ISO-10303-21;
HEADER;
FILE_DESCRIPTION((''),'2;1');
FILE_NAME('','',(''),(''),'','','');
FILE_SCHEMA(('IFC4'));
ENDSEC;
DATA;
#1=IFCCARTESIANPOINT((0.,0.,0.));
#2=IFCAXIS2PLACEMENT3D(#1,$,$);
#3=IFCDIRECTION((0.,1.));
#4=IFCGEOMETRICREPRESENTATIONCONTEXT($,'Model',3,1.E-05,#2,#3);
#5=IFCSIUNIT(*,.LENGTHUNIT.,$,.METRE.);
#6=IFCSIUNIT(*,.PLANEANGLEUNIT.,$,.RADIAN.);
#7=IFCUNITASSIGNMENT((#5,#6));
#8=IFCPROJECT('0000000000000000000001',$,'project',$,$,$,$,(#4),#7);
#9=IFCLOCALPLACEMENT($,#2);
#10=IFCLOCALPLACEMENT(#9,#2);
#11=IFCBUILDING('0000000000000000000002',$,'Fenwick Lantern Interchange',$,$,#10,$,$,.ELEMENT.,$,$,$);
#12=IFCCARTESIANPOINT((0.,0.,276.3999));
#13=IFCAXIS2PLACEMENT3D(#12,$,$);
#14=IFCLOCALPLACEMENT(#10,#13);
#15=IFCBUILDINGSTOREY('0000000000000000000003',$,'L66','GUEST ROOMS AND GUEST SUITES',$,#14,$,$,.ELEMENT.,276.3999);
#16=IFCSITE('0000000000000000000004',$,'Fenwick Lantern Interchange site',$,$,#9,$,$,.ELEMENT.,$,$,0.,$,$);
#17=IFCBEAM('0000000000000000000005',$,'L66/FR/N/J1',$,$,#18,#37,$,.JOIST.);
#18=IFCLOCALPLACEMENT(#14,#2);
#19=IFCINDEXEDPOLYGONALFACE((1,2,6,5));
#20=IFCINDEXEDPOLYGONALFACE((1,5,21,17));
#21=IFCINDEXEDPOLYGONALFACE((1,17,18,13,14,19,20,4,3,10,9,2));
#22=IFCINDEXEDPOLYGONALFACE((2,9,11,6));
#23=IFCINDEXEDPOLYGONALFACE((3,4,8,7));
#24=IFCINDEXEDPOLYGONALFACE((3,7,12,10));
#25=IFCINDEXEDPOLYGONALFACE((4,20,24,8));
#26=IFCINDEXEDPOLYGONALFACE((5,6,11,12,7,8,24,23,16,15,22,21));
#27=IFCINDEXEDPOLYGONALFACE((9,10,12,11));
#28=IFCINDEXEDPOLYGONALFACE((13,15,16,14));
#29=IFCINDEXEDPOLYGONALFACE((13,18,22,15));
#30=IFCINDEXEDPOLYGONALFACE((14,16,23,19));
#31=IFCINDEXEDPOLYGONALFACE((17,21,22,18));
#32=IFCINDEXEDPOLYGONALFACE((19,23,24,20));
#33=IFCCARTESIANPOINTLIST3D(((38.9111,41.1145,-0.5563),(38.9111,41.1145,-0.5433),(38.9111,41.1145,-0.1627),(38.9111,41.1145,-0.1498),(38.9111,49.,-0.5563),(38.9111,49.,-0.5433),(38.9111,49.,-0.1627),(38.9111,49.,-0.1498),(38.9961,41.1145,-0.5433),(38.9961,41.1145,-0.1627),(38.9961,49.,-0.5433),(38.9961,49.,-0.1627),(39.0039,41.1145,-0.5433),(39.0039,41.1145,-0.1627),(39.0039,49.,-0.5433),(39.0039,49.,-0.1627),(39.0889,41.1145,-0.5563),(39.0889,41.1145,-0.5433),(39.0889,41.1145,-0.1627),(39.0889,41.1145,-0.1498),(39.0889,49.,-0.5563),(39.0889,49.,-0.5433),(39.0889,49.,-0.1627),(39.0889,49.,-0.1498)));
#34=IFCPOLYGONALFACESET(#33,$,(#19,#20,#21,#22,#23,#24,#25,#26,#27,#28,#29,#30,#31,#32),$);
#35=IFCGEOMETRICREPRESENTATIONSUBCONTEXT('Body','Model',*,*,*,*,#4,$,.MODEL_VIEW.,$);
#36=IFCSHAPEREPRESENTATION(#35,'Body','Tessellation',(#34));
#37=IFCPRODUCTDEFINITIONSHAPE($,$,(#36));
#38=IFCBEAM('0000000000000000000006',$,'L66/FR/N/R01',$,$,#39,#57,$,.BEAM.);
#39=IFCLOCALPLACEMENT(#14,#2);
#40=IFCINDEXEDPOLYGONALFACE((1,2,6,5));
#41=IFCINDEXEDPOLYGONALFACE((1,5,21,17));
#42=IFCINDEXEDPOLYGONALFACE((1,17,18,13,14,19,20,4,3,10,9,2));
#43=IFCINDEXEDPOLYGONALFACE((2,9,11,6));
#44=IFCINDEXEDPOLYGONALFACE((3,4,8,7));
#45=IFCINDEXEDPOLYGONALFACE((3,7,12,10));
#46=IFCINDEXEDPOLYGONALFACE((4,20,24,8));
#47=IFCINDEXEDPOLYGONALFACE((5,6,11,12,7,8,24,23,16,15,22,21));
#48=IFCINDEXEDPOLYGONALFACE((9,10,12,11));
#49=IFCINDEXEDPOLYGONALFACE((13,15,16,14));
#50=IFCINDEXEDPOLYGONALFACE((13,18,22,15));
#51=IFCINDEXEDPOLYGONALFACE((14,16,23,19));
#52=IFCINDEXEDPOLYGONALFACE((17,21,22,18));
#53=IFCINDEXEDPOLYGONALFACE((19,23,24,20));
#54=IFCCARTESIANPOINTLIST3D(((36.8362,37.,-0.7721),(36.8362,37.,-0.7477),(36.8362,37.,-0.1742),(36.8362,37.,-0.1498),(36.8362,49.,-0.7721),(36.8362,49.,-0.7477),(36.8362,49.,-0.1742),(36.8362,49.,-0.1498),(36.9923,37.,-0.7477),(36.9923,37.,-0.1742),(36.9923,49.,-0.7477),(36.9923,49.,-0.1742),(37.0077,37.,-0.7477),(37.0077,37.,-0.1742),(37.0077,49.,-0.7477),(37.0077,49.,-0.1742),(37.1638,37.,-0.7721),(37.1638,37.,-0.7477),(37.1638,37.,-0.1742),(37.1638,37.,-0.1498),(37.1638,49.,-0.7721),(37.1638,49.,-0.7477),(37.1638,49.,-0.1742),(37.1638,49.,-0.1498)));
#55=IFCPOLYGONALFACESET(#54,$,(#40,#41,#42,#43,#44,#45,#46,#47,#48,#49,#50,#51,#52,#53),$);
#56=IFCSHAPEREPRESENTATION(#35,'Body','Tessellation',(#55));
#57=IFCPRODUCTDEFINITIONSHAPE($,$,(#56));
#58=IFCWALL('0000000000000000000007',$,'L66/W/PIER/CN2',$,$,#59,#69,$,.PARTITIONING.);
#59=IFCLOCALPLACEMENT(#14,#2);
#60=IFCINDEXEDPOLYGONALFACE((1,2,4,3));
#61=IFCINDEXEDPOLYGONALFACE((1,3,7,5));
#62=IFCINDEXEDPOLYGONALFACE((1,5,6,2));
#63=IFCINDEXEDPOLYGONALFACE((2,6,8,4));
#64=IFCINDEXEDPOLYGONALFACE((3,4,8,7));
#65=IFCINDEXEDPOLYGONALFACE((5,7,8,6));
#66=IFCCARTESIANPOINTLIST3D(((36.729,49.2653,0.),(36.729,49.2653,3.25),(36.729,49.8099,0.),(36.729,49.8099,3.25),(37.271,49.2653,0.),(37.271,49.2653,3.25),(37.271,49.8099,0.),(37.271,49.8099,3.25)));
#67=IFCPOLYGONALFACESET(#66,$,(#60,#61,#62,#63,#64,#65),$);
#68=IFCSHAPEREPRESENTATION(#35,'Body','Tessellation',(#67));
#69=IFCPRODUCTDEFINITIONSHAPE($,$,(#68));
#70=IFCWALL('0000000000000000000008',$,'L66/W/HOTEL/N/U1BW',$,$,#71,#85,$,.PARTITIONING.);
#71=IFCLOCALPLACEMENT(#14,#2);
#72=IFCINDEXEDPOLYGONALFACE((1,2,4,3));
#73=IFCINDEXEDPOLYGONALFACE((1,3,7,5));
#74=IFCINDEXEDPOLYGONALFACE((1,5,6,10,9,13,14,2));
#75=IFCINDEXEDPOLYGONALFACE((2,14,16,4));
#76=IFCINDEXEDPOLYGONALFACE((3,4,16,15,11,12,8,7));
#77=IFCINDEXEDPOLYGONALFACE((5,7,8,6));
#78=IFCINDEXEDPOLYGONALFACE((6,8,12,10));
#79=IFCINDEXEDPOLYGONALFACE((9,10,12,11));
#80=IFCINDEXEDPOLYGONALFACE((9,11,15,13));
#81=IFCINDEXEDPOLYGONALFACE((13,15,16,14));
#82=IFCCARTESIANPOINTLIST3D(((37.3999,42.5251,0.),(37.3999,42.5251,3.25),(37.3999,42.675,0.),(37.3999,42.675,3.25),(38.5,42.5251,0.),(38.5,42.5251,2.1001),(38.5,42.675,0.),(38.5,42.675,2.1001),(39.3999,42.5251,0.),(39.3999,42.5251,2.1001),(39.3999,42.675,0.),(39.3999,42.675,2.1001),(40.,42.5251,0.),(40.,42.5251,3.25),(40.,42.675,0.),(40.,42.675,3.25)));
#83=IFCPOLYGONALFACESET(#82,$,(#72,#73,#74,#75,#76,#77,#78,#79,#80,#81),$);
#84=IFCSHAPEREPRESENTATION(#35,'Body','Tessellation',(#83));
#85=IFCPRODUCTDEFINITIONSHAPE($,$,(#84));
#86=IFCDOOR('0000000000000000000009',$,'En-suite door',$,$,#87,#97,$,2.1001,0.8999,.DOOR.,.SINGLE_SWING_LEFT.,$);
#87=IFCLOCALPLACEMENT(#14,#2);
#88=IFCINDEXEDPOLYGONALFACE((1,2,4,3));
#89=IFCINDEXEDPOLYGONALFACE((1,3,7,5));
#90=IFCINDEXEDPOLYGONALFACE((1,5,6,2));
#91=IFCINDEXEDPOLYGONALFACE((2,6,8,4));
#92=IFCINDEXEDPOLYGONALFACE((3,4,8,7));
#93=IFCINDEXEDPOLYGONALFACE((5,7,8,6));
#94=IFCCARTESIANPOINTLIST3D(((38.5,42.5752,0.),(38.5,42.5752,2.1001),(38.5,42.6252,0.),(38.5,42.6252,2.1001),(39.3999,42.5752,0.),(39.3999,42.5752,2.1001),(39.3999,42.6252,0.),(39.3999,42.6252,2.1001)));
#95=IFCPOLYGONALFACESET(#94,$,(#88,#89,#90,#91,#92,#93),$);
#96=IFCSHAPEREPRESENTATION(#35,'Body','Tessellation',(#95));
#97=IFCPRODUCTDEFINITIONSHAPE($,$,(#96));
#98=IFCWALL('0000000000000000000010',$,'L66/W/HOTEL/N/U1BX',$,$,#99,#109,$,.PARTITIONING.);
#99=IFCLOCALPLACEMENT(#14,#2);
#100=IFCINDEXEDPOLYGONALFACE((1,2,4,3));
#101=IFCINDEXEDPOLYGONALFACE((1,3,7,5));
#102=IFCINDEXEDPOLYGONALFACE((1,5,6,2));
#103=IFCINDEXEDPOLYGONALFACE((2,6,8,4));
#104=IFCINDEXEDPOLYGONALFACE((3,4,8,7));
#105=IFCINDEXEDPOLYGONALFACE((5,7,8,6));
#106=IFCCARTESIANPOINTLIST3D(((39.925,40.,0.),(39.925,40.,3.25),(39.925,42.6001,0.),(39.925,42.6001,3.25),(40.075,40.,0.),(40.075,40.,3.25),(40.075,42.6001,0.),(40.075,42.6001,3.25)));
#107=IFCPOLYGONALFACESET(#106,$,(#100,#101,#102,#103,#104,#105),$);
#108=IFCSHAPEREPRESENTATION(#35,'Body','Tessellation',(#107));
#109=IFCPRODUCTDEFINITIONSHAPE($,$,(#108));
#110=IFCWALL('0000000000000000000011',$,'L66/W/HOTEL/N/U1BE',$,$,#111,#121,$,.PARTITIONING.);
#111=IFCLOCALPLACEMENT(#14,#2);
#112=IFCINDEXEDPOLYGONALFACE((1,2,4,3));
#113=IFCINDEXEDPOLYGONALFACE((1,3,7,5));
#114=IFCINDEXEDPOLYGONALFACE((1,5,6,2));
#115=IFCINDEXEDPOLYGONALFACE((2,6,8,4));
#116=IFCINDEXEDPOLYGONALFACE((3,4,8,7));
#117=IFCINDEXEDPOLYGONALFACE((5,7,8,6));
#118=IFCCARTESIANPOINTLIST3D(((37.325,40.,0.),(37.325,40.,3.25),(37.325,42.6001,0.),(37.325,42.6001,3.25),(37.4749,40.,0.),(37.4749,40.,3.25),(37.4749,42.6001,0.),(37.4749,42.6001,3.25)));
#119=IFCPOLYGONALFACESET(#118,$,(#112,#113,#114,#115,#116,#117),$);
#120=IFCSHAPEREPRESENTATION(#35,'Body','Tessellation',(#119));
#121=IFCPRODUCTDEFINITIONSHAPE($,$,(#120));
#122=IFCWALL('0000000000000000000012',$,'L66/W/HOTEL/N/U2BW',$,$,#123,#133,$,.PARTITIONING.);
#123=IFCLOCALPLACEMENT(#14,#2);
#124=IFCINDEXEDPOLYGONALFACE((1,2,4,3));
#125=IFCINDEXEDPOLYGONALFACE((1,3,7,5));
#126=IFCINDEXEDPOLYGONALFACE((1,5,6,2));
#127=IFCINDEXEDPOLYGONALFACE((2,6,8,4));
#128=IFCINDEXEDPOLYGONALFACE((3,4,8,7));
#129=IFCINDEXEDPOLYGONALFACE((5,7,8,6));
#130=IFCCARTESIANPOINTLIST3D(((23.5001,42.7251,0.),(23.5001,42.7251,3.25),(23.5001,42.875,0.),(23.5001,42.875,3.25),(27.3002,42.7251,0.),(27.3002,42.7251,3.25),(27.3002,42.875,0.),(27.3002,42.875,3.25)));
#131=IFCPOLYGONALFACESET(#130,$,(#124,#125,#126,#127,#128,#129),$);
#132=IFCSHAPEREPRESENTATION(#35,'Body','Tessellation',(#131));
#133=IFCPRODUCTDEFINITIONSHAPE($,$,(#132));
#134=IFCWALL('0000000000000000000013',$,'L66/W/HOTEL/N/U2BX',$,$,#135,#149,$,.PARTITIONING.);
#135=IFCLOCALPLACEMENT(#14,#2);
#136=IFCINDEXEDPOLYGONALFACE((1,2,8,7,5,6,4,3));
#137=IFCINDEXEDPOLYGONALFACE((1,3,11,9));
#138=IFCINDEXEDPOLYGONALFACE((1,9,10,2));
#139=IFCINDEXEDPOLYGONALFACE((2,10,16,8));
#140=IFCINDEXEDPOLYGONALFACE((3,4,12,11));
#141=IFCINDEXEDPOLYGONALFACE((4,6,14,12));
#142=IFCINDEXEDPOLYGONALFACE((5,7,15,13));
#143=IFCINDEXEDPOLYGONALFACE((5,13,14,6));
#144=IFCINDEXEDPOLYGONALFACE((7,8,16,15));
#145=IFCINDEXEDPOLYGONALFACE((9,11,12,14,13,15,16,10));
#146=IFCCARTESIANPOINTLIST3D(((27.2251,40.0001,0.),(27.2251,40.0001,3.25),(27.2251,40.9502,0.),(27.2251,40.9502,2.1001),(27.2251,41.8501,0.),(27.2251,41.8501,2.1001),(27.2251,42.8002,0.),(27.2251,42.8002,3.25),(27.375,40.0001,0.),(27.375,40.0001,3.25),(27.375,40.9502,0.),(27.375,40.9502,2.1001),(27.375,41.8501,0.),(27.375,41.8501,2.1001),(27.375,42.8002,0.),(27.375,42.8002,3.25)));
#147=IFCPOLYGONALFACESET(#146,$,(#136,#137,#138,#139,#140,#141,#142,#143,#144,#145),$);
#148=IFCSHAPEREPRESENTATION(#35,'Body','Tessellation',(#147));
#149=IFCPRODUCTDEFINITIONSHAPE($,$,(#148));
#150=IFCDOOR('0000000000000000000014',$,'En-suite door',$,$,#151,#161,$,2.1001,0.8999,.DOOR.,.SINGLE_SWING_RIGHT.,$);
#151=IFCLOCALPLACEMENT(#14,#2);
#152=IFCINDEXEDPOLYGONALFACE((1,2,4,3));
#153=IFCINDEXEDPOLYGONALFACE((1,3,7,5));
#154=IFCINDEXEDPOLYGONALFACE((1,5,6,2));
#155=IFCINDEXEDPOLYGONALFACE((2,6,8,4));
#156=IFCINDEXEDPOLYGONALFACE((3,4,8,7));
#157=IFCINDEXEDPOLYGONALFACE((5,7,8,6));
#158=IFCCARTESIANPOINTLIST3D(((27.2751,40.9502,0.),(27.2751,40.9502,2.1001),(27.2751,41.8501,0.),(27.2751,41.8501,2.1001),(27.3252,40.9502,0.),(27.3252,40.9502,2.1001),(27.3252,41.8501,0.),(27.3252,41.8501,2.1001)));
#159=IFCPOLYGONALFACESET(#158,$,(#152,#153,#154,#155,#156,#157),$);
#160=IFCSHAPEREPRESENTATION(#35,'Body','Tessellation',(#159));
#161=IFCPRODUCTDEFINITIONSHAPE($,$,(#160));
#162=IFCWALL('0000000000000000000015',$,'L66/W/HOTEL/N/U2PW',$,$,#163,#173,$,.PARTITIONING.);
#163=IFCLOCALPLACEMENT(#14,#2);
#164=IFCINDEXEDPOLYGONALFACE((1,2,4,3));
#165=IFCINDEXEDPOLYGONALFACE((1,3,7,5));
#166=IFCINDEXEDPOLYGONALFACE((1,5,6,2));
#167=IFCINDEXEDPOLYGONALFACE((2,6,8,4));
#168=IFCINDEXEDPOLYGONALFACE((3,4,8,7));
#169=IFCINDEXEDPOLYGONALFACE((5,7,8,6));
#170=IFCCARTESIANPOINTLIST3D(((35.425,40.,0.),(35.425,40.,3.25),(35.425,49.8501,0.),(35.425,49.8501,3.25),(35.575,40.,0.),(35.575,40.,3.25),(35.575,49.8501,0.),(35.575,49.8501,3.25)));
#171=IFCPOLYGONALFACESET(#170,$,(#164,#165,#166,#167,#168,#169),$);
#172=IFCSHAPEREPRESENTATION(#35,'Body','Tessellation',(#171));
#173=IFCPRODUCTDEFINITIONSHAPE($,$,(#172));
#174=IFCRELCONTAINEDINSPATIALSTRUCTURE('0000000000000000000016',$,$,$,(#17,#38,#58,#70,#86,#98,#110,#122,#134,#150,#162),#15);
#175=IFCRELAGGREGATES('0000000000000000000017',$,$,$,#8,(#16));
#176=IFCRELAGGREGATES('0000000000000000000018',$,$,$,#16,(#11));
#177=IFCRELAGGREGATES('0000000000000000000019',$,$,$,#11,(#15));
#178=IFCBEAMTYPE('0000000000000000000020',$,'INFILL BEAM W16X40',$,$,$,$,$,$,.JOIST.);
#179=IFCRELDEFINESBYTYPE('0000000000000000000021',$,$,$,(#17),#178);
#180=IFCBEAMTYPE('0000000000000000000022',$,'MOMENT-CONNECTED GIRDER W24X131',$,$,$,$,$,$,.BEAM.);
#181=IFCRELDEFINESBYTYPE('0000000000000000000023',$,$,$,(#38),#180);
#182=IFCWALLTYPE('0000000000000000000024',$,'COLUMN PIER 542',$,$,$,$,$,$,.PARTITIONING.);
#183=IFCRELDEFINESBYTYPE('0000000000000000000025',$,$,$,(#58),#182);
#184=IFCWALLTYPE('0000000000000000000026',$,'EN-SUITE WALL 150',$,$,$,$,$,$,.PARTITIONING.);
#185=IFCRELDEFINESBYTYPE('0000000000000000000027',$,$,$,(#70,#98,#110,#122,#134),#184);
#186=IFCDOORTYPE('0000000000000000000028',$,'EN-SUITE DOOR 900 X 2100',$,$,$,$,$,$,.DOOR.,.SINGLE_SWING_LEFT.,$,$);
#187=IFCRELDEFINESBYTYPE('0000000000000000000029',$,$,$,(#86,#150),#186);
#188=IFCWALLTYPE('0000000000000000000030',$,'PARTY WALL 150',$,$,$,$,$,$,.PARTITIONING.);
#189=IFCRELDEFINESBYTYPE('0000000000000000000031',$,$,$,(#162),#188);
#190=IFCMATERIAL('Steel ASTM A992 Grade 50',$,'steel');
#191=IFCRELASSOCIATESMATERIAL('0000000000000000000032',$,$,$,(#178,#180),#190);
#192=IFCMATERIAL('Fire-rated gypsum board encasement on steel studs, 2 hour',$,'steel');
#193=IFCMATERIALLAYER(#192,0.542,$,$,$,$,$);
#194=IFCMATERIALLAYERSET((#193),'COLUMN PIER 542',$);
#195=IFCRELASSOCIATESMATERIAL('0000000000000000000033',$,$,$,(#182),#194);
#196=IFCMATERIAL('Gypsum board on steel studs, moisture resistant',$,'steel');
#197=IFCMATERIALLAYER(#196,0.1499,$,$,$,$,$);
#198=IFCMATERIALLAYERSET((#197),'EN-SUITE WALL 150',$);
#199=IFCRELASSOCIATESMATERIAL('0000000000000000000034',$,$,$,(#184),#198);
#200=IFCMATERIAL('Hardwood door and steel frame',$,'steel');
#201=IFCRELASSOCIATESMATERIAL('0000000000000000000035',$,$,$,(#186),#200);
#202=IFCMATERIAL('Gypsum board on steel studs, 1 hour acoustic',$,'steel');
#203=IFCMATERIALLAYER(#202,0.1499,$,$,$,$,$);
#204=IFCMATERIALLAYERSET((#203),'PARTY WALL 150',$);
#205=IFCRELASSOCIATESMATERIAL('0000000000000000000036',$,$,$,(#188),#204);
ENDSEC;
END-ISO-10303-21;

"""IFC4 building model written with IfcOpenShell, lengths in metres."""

from ifc_helpers import new_model, si_unit, direction, frame, frame_2d, origin, origin_2d, place, context, subcontext, project, spatial, rectangle, i_section, extrude, material, layer, layer_set, material_profile, profile_set, type_object, element, fill, save


model = new_model("IFC4")

# Units and contexts
model_context = context("Model", 3, precision=1e-05, world=origin(), true_north=direction((0.0, 1.0)))
body_context = subcontext(model_context, "Body", "Model", "MODEL_VIEW")
ifc_project = project(units=[si_unit("LENGTHUNIT", "METRE"), si_unit("PLANEANGLEUNIT", "RADIAN")], contexts=[model_context])

# Site, building, storey
site_placement = place(None, origin())
site = spatial("IfcSite", under=ifc_project, at=site_placement, Name="Fenwick Lantern Interchange site", CompositionType="ELEMENT", RefElevation=0.0)
building_placement = place(site_placement, origin())
building = spatial("IfcBuilding", under=site, at=building_placement, Name="Fenwick Lantern Interchange", CompositionType="ELEMENT")
storey_placement = place(building_placement, frame((0.0, 0.0, 276.3999)))
storey = spatial("IfcBuildingStorey", under=building, at=storey_placement, Name="L66", Description="GUEST ROOMS AND GUEST SUITES", CompositionType="ELEMENT", Elevation=276.3999)

# Shared definitions
ifc_material_1 = material(Name="Steel ASTM A992 Grade 50", Category="steel")

# Beams
ifc_material_profile_1 = material_profile(ifc_material_1, i_section(OverallWidth=0.1777, OverallDepth=0.4065, WebThickness=0.0078, FlangeThickness=0.0129, at=origin_2d()), Name="W16X40")
ifc_profile_set_1 = profile_set([ifc_material_profile_1], Name="Steel ASTM A992 Grade 50")
beam_type_1 = type_object("IfcBeamType", Name="INFILL BEAM W16X40", PredefinedType="JOIST", material=ifc_profile_set_1)
beam_1_placement = place(storey_placement, frame((39.0, 49.0, -0.353), z_axis=(0.0, -1.0, 0.0), x_axis=(1.0, 0.0, 0.0)))
element("IfcBeam", 1, at=beam_1_placement, inside=storey, type_object=beam_type_1, Name="L66/FR/N/J1", PredefinedType="JOIST", context=body_context, shape_type="SweptSolid", body=[
    extrude(i_section(OverallWidth=0.1777, OverallDepth=0.4065, WebThickness=0.0078, FlangeThickness=0.0129, at=origin_2d()), origin(), (0.0, 0.0, 1.0), 7.8855),
])
ifc_material_profile_2 = material_profile(ifc_material_1, i_section(OverallWidth=0.3276, OverallDepth=0.6223, WebThickness=0.0154, FlangeThickness=0.0244, at=origin_2d()), Name="W24X131")
ifc_profile_set_2 = profile_set([ifc_material_profile_2], Name="Steel ASTM A992 Grade 50")
beam_type_2 = type_object("IfcBeamType", Name="MOMENT-CONNECTED GIRDER W24X131", PredefinedType="BEAM", material=ifc_profile_set_2)
beam_2_placement = place(storey_placement, frame((37.0, 49.0, -0.4609), z_axis=(0.0, -1.0, 0.0), x_axis=(1.0, 0.0, 0.0)))
element("IfcBeam", 2, at=beam_2_placement, inside=storey, type_object=beam_type_2, Name="L66/FR/N/R01", PredefinedType="BEAM", context=body_context, shape_type="SweptSolid", body=[
    extrude(i_section(OverallWidth=0.3276, OverallDepth=0.6223, WebThickness=0.0154, FlangeThickness=0.0244, at=origin_2d()), origin(), (0.0, 0.0, 1.0), 12.0),
])

# Wall
ifc_material_2 = material(Name="Fire-rated gypsum board encasement on steel studs, 2 hour", Category="steel")
ifc_layer_1 = layer(ifc_material_2, 0.542)
ifc_layer_set_1 = layer_set([ifc_layer_1], Name="COLUMN PIER 542")
wall_type_1 = type_object("IfcWallType", Name="COLUMN PIER 542", PredefinedType="PARTITIONING", material=ifc_layer_set_1)
wall_1_placement = place(storey_placement, frame((37.0, 49.8101, 0.0), z_axis=(0.0, 0.0, 1.0), x_axis=(0.0, -1.0, 0.0)))
element("IfcWall", 3, at=wall_1_placement, inside=storey, type_object=wall_type_1, Name="L66/W/PIER/CN2", PredefinedType="PARTITIONING", context=body_context, shape_type="SweptSolid", body=[
    extrude(rectangle(XDim=0.5447, YDim=0.542, at=frame_2d((0.2725, 0.0))), origin(), (0.0, 0.0, 1.0), 3.25),
])

# Wall, opening, door
ifc_material_3 = material(Name="Gypsum board on steel studs, moisture resistant", Category="steel")
ifc_layer_2 = layer(ifc_material_3, 0.1499)
ifc_layer_set_2 = layer_set([ifc_layer_2], Name="EN-SUITE WALL 150")
wall_type_2 = type_object("IfcWallType", Name="EN-SUITE WALL 150", PredefinedType="PARTITIONING", material=ifc_layer_set_2)
wall_2_placement = place(storey_placement, frame((40.0, 42.6001, 0.0), z_axis=(0.0, 0.0, 1.0), x_axis=(-1.0, 0.0, 0.0)))
wall_2 = element("IfcWall", 4, at=wall_2_placement, inside=storey, type_object=wall_type_2, Name="L66/W/HOTEL/N/U1BW", PredefinedType="PARTITIONING", context=body_context, shape_type="SweptSolid", body=[
    extrude(rectangle(XDim=2.6001, YDim=0.1499, at=frame_2d((1.3, 0.0))), origin(), (0.0, 0.0, 1.0), 3.25),
])
opening_1_placement = place(wall_2_placement, frame((0.6001, 0.0, 0.0)))
opening_1 = element("IfcOpeningElement", 5, at=opening_1_placement, cuts=wall_2, PredefinedType="OPENING", context=body_context, shape_type="SweptSolid", body=[
    extrude(rectangle(XDim=0.8999, YDim=2.1001, at=frame_2d((0.45, 1.05))), frame((0.0, 0.085, 0.0), z_axis=(0.0, -1.0, 0.0), x_axis=(1.0, 0.0, 0.0)), (0.0, 0.0, 1.0), 0.1699),
])
ifc_material_4 = material(Name="Hardwood door and steel frame", Category="steel")
door_type = type_object("IfcDoorType", Name="EN-SUITE DOOR 900 X 2100", OperationType="SINGLE_SWING_LEFT", PredefinedType="DOOR", material=ifc_material_4)
door_1_placement = place(opening_1_placement, origin())
door_1 = element("IfcDoor", 6, at=door_1_placement, inside=storey, type_object=door_type, Name="En-suite door", OperationType="SINGLE_SWING_LEFT", OverallHeight=2.1001, OverallWidth=0.8999, PredefinedType="DOOR", context=body_context, shape_type="SweptSolid", body=[
    extrude(rectangle(XDim=0.8999, YDim=2.1001, at=frame_2d((0.45, 1.05))), frame((0.0, 0.0249, 0.0), z_axis=(0.0, -1.0, 0.0), x_axis=(1.0, 0.0, 0.0)), (0.0, 0.0, 1.0), 0.05),
])
fill(opening_1, door_1)

# Walls
for number, where, z_axis, x_axis, name in (
    (7, (40.0, 42.6001, 0.0), (0.0, 0.0, 1.0), (0.0, -1.0, 0.0), "L66/W/HOTEL/N/U1BX"),
    (8, (37.3999, 42.6001, 0.0), (0.0, 0.0, 1.0), (0.0, -1.0, 0.0), "L66/W/HOTEL/N/U1BE"),
):
    element("IfcWall", number, at=place(storey_placement, frame(where, z_axis=z_axis, x_axis=x_axis)), inside=storey, type_object=wall_type_2, Name=name, PredefinedType="PARTITIONING", context=body_context, shape_type="SweptSolid", body=[
        extrude(rectangle(XDim=2.6001, YDim=0.1499, at=frame_2d((1.3, 0.0))), origin(), (0.0, 0.0, 1.0), 3.25),
    ])
wall_3_placement = place(storey_placement, frame((27.3, 42.8, 0.0), z_axis=(0.0, 0.0, 1.0), x_axis=(-1.0, 0.0, 0.0)))
element("IfcWall", 9, at=wall_3_placement, inside=storey, type_object=wall_type_2, Name="L66/W/HOTEL/N/U2BW", PredefinedType="PARTITIONING", context=body_context, shape_type="SweptSolid", body=[
    extrude(rectangle(XDim=3.8, YDim=0.1499, at=frame_2d((1.8999, 0.0))), origin(), (0.0, 0.0, 1.0), 3.25),
])

# Wall, opening, door
wall_4_placement = place(storey_placement, frame((27.3, 42.8, 0.0), z_axis=(0.0, 0.0, 1.0), x_axis=(0.0, -1.0, 0.0)))
wall_4 = element("IfcWall", 10, at=wall_4_placement, inside=storey, type_object=wall_type_2, Name="L66/W/HOTEL/N/U2BX", PredefinedType="PARTITIONING", context=body_context, shape_type="SweptSolid", body=[
    extrude(rectangle(XDim=2.8, YDim=0.1499, at=frame_2d((1.3999, 0.0))), origin(), (0.0, 0.0, 1.0), 3.25),
])
opening_2_placement = place(wall_4_placement, frame((0.95, 0.0, 0.0)))
opening_2 = element("IfcOpeningElement", 11, at=opening_2_placement, cuts=wall_4, PredefinedType="OPENING", context=body_context, shape_type="SweptSolid", body=[
    extrude(rectangle(XDim=0.8999, YDim=2.1001, at=frame_2d((0.45, 1.05))), frame((0.0, 0.085, 0.0), z_axis=(0.0, -1.0, 0.0), x_axis=(1.0, 0.0, 0.0)), (0.0, 0.0, 1.0), 0.1699),
])
door_2_placement = place(opening_2_placement, frame((0.8999, 0.0, 0.0), z_axis=(0.0, 0.0, 1.0), x_axis=(-1.0, 0.0, 0.0)))
door_2 = element("IfcDoor", 12, at=door_2_placement, inside=storey, type_object=door_type, Name="En-suite door", OperationType="SINGLE_SWING_RIGHT", OverallHeight=2.1001, OverallWidth=0.8999, PredefinedType="DOOR", context=body_context, shape_type="SweptSolid", body=[
    extrude(rectangle(XDim=0.8999, YDim=2.1001, at=frame_2d((0.45, 1.05))), frame((0.0, 0.0249, 0.0), z_axis=(0.0, -1.0, 0.0), x_axis=(1.0, 0.0, 0.0)), (0.0, 0.0, 1.0), 0.05),
])
fill(opening_2, door_2)

# Wall
ifc_material_5 = material(Name="Gypsum board on steel studs, 1 hour acoustic", Category="steel")
ifc_layer_3 = layer(ifc_material_5, 0.1499)
ifc_layer_set_3 = layer_set([ifc_layer_3], Name="PARTY WALL 150")
wall_type_3 = type_object("IfcWallType", Name="PARTY WALL 150", PredefinedType="PARTITIONING", material=ifc_layer_set_3)
wall_5_placement = place(storey_placement, frame((35.5, 49.8501, 0.0), z_axis=(0.0, 0.0, 1.0), x_axis=(0.0, -1.0, 0.0)))
element("IfcWall", 13, at=wall_5_placement, inside=storey, type_object=wall_type_3, Name="L66/W/HOTEL/N/U2PW", PredefinedType="PARTITIONING", context=body_context, shape_type="SweptSolid", body=[
    extrude(rectangle(XDim=9.8501, YDim=0.1499, at=frame_2d((4.925, 0.0))), origin(), (0.0, 0.0, 1.0), 3.25),
])

save(model, "model.ifc")
